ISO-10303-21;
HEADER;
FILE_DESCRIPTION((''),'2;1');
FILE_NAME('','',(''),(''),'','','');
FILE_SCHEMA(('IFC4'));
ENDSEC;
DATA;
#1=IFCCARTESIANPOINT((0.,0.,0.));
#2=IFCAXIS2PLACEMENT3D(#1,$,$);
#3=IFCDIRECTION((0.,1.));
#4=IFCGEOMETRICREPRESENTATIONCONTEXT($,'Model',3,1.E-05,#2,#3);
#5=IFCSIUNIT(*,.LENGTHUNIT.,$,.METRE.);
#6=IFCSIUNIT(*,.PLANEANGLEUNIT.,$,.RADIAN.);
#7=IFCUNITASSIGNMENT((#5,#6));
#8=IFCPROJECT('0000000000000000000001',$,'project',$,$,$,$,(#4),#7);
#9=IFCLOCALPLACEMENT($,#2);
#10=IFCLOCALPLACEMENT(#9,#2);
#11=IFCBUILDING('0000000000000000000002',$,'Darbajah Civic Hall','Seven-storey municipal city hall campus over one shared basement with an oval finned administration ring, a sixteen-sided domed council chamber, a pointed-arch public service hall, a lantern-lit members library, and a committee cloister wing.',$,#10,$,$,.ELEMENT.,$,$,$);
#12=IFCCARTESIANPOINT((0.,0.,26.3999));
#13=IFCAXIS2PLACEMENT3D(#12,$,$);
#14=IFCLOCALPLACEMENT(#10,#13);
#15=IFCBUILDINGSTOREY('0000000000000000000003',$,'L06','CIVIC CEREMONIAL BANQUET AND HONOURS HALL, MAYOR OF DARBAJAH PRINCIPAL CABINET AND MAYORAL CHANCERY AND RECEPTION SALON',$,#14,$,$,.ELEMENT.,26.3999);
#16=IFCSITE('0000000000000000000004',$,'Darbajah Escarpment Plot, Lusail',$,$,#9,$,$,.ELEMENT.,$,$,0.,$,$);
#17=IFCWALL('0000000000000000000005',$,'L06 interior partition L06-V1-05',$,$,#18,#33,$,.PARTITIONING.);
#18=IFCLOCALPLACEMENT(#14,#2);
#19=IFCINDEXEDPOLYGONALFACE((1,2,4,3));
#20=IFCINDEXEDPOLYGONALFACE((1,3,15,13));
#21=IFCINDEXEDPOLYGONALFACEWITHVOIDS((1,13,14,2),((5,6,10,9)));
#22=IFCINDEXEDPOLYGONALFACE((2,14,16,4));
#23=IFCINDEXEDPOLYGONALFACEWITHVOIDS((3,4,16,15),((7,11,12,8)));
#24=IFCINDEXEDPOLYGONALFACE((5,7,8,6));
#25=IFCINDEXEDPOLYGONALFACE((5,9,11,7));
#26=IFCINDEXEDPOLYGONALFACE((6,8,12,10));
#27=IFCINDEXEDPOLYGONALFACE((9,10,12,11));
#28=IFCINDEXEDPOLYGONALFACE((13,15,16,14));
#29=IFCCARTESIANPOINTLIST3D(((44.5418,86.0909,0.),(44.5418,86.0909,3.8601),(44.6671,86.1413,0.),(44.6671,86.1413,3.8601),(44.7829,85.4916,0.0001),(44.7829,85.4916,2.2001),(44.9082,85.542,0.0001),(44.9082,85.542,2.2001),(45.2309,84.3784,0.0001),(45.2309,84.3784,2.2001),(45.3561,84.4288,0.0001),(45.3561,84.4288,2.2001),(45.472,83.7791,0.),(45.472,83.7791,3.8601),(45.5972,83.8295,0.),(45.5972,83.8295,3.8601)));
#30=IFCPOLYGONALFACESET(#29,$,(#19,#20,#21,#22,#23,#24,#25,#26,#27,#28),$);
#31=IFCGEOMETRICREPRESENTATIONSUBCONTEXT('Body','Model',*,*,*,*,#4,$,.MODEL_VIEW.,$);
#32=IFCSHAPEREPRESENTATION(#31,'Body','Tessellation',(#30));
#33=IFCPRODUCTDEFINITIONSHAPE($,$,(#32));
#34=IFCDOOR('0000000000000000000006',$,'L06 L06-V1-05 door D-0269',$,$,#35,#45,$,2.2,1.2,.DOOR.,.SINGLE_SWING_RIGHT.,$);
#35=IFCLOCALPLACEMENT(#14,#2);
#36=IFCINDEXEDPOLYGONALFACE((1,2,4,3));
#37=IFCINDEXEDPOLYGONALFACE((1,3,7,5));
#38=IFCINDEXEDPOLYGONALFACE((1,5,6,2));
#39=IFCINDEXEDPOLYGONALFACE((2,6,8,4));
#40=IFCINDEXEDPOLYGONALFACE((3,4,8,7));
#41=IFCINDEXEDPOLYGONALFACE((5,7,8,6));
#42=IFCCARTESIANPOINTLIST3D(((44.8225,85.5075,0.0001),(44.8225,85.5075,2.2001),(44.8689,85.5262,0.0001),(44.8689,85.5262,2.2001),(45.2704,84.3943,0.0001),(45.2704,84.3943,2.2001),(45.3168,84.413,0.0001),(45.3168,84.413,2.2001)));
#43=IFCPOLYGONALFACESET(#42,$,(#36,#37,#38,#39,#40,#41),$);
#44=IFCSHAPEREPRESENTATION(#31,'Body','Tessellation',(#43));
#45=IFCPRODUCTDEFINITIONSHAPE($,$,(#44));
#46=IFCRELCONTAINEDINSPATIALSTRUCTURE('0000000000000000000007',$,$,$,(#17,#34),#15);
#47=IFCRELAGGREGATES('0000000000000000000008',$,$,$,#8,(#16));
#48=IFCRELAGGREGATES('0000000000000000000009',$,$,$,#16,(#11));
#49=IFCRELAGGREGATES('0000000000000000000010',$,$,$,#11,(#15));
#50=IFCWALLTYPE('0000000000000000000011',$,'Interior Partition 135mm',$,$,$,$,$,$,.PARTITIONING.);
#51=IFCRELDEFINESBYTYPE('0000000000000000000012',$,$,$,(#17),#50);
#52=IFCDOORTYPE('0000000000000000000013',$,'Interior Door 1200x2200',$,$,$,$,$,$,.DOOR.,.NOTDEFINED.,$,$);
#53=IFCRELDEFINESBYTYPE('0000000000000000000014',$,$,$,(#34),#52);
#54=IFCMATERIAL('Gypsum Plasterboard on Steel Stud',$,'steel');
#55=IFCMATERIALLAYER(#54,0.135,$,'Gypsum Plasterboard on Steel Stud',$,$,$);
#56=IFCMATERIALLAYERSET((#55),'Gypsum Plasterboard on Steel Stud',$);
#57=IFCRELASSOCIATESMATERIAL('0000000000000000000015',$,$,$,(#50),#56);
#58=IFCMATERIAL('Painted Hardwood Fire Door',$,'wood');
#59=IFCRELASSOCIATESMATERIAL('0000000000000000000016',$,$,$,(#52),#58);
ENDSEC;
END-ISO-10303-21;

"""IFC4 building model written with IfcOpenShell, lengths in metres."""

from ifc_helpers import new_model, si_unit, direction, frame, frame_2d, origin, place, context, subcontext, project, spatial, rectangle, extrude, material, layer, layer_set, type_object, element, fill, save


model = new_model("IFC4")

# Units and contexts
model_context = context("Model", 3, precision=1e-05, world=origin(), true_north=direction((0.0, 1.0)))
body_context = subcontext(model_context, "Body", "Model", "MODEL_VIEW")
ifc_project = project(units=[si_unit("LENGTHUNIT", "METRE"), si_unit("PLANEANGLEUNIT", "RADIAN")], contexts=[model_context])

# Site, building, storey
site_placement = place(None, origin())
site = spatial("IfcSite", under=ifc_project, at=site_placement, Name="Darbajah Escarpment Plot, Lusail", CompositionType="ELEMENT", RefElevation=0.0)
building_placement = place(site_placement, origin())
building = spatial("IfcBuilding", under=site, at=building_placement, Name="Darbajah Civic Hall", Description="Seven-storey municipal city hall campus over one shared basement with an oval finned administration ring, a sixteen-sided domed council chamber, a pointed-arch public service hall, a lantern-lit members library, and a committee cloister wing.", CompositionType="ELEMENT")
storey_placement = place(building_placement, frame((0.0, 0.0, 26.3999)))
storey = spatial("IfcBuildingStorey", under=building, at=storey_placement, Name="L06", Description="CIVIC CEREMONIAL BANQUET AND HONOURS HALL, MAYOR OF DARBAJAH PRINCIPAL CABINET AND MAYORAL CHANCERY AND RECEPTION SALON", CompositionType="ELEMENT", Elevation=26.3999)

# Wall, opening, door
ifc_material_1 = material(Name="Gypsum Plasterboard on Steel Stud", Category="steel")
ifc_layer_1 = layer(ifc_material_1, 0.135, Name="Gypsum Plasterboard on Steel Stud")
ifc_layer_set_1 = layer_set([ifc_layer_1], Name="Gypsum Plasterboard on Steel Stud")
wall_type_1 = type_object("IfcWallType", Name="Interior Partition 135mm", PredefinedType="PARTITIONING", material=ifc_layer_set_1)
wall_1_placement = place(storey_placement, frame((45.5347, 83.8042, 0.0), z_axis=(0.0, 0.0, 1.0), x_axis=(-0.373282, 0.927718, 0.0)))
wall_1 = element("IfcWall", 1, at=wall_1_placement, inside=storey, type_object=wall_type_1, Name="L06 interior partition L06-V1-05", PredefinedType="PARTITIONING", context=body_context, shape_type="SweptSolid", body=[
    extrude(rectangle(XDim=2.4919, YDim=0.135, at=frame_2d((1.2461, 0.0))), origin(), (0.0, 0.0, 1.0), 3.8601),
])
opening_1_placement = place(wall_1_placement, frame((0.646, 0.0, 0.0)))
opening_1 = element("IfcOpeningElement", 2, at=opening_1_placement, cuts=wall_1, PredefinedType="OPENING", context=body_context, shape_type="SweptSolid", body=[
    extrude(rectangle(XDim=1.2, YDim=2.2, at=frame_2d((0.6001, 1.1001))), frame((0.0, 0.0774, 0.0), z_axis=(0.0, -1.0, 0.0), x_axis=(1.0, 0.0, 0.0)), (0.0, 0.0, 1.0), 0.155),
])
ifc_material_2 = material(Name="Painted Hardwood Fire Door", Category="wood")
door_type = type_object("IfcDoorType", Name="Interior Door 1200x2200", OperationType="NOTDEFINED", PredefinedType="DOOR", material=ifc_material_2)
door_placement = place(opening_1_placement, origin())
door = element("IfcDoor", 3, at=door_placement, inside=storey, type_object=door_type, Name="L06 L06-V1-05 door D-0269", OperationType="SINGLE_SWING_RIGHT", OverallHeight=2.2, OverallWidth=1.2, PredefinedType="DOOR", context=body_context, shape_type="SweptSolid", body=[
    extrude(rectangle(XDim=1.2, YDim=2.2, at=frame_2d((0.6001, 1.1001))), frame((0.0, 0.0249, 0.0), z_axis=(0.0, -1.0, 0.0), x_axis=(1.0, 0.0, 0.0)), (0.0, 0.0, 1.0), 0.05),
])
fill(opening_1, door)

save(model, "model.ifc")
